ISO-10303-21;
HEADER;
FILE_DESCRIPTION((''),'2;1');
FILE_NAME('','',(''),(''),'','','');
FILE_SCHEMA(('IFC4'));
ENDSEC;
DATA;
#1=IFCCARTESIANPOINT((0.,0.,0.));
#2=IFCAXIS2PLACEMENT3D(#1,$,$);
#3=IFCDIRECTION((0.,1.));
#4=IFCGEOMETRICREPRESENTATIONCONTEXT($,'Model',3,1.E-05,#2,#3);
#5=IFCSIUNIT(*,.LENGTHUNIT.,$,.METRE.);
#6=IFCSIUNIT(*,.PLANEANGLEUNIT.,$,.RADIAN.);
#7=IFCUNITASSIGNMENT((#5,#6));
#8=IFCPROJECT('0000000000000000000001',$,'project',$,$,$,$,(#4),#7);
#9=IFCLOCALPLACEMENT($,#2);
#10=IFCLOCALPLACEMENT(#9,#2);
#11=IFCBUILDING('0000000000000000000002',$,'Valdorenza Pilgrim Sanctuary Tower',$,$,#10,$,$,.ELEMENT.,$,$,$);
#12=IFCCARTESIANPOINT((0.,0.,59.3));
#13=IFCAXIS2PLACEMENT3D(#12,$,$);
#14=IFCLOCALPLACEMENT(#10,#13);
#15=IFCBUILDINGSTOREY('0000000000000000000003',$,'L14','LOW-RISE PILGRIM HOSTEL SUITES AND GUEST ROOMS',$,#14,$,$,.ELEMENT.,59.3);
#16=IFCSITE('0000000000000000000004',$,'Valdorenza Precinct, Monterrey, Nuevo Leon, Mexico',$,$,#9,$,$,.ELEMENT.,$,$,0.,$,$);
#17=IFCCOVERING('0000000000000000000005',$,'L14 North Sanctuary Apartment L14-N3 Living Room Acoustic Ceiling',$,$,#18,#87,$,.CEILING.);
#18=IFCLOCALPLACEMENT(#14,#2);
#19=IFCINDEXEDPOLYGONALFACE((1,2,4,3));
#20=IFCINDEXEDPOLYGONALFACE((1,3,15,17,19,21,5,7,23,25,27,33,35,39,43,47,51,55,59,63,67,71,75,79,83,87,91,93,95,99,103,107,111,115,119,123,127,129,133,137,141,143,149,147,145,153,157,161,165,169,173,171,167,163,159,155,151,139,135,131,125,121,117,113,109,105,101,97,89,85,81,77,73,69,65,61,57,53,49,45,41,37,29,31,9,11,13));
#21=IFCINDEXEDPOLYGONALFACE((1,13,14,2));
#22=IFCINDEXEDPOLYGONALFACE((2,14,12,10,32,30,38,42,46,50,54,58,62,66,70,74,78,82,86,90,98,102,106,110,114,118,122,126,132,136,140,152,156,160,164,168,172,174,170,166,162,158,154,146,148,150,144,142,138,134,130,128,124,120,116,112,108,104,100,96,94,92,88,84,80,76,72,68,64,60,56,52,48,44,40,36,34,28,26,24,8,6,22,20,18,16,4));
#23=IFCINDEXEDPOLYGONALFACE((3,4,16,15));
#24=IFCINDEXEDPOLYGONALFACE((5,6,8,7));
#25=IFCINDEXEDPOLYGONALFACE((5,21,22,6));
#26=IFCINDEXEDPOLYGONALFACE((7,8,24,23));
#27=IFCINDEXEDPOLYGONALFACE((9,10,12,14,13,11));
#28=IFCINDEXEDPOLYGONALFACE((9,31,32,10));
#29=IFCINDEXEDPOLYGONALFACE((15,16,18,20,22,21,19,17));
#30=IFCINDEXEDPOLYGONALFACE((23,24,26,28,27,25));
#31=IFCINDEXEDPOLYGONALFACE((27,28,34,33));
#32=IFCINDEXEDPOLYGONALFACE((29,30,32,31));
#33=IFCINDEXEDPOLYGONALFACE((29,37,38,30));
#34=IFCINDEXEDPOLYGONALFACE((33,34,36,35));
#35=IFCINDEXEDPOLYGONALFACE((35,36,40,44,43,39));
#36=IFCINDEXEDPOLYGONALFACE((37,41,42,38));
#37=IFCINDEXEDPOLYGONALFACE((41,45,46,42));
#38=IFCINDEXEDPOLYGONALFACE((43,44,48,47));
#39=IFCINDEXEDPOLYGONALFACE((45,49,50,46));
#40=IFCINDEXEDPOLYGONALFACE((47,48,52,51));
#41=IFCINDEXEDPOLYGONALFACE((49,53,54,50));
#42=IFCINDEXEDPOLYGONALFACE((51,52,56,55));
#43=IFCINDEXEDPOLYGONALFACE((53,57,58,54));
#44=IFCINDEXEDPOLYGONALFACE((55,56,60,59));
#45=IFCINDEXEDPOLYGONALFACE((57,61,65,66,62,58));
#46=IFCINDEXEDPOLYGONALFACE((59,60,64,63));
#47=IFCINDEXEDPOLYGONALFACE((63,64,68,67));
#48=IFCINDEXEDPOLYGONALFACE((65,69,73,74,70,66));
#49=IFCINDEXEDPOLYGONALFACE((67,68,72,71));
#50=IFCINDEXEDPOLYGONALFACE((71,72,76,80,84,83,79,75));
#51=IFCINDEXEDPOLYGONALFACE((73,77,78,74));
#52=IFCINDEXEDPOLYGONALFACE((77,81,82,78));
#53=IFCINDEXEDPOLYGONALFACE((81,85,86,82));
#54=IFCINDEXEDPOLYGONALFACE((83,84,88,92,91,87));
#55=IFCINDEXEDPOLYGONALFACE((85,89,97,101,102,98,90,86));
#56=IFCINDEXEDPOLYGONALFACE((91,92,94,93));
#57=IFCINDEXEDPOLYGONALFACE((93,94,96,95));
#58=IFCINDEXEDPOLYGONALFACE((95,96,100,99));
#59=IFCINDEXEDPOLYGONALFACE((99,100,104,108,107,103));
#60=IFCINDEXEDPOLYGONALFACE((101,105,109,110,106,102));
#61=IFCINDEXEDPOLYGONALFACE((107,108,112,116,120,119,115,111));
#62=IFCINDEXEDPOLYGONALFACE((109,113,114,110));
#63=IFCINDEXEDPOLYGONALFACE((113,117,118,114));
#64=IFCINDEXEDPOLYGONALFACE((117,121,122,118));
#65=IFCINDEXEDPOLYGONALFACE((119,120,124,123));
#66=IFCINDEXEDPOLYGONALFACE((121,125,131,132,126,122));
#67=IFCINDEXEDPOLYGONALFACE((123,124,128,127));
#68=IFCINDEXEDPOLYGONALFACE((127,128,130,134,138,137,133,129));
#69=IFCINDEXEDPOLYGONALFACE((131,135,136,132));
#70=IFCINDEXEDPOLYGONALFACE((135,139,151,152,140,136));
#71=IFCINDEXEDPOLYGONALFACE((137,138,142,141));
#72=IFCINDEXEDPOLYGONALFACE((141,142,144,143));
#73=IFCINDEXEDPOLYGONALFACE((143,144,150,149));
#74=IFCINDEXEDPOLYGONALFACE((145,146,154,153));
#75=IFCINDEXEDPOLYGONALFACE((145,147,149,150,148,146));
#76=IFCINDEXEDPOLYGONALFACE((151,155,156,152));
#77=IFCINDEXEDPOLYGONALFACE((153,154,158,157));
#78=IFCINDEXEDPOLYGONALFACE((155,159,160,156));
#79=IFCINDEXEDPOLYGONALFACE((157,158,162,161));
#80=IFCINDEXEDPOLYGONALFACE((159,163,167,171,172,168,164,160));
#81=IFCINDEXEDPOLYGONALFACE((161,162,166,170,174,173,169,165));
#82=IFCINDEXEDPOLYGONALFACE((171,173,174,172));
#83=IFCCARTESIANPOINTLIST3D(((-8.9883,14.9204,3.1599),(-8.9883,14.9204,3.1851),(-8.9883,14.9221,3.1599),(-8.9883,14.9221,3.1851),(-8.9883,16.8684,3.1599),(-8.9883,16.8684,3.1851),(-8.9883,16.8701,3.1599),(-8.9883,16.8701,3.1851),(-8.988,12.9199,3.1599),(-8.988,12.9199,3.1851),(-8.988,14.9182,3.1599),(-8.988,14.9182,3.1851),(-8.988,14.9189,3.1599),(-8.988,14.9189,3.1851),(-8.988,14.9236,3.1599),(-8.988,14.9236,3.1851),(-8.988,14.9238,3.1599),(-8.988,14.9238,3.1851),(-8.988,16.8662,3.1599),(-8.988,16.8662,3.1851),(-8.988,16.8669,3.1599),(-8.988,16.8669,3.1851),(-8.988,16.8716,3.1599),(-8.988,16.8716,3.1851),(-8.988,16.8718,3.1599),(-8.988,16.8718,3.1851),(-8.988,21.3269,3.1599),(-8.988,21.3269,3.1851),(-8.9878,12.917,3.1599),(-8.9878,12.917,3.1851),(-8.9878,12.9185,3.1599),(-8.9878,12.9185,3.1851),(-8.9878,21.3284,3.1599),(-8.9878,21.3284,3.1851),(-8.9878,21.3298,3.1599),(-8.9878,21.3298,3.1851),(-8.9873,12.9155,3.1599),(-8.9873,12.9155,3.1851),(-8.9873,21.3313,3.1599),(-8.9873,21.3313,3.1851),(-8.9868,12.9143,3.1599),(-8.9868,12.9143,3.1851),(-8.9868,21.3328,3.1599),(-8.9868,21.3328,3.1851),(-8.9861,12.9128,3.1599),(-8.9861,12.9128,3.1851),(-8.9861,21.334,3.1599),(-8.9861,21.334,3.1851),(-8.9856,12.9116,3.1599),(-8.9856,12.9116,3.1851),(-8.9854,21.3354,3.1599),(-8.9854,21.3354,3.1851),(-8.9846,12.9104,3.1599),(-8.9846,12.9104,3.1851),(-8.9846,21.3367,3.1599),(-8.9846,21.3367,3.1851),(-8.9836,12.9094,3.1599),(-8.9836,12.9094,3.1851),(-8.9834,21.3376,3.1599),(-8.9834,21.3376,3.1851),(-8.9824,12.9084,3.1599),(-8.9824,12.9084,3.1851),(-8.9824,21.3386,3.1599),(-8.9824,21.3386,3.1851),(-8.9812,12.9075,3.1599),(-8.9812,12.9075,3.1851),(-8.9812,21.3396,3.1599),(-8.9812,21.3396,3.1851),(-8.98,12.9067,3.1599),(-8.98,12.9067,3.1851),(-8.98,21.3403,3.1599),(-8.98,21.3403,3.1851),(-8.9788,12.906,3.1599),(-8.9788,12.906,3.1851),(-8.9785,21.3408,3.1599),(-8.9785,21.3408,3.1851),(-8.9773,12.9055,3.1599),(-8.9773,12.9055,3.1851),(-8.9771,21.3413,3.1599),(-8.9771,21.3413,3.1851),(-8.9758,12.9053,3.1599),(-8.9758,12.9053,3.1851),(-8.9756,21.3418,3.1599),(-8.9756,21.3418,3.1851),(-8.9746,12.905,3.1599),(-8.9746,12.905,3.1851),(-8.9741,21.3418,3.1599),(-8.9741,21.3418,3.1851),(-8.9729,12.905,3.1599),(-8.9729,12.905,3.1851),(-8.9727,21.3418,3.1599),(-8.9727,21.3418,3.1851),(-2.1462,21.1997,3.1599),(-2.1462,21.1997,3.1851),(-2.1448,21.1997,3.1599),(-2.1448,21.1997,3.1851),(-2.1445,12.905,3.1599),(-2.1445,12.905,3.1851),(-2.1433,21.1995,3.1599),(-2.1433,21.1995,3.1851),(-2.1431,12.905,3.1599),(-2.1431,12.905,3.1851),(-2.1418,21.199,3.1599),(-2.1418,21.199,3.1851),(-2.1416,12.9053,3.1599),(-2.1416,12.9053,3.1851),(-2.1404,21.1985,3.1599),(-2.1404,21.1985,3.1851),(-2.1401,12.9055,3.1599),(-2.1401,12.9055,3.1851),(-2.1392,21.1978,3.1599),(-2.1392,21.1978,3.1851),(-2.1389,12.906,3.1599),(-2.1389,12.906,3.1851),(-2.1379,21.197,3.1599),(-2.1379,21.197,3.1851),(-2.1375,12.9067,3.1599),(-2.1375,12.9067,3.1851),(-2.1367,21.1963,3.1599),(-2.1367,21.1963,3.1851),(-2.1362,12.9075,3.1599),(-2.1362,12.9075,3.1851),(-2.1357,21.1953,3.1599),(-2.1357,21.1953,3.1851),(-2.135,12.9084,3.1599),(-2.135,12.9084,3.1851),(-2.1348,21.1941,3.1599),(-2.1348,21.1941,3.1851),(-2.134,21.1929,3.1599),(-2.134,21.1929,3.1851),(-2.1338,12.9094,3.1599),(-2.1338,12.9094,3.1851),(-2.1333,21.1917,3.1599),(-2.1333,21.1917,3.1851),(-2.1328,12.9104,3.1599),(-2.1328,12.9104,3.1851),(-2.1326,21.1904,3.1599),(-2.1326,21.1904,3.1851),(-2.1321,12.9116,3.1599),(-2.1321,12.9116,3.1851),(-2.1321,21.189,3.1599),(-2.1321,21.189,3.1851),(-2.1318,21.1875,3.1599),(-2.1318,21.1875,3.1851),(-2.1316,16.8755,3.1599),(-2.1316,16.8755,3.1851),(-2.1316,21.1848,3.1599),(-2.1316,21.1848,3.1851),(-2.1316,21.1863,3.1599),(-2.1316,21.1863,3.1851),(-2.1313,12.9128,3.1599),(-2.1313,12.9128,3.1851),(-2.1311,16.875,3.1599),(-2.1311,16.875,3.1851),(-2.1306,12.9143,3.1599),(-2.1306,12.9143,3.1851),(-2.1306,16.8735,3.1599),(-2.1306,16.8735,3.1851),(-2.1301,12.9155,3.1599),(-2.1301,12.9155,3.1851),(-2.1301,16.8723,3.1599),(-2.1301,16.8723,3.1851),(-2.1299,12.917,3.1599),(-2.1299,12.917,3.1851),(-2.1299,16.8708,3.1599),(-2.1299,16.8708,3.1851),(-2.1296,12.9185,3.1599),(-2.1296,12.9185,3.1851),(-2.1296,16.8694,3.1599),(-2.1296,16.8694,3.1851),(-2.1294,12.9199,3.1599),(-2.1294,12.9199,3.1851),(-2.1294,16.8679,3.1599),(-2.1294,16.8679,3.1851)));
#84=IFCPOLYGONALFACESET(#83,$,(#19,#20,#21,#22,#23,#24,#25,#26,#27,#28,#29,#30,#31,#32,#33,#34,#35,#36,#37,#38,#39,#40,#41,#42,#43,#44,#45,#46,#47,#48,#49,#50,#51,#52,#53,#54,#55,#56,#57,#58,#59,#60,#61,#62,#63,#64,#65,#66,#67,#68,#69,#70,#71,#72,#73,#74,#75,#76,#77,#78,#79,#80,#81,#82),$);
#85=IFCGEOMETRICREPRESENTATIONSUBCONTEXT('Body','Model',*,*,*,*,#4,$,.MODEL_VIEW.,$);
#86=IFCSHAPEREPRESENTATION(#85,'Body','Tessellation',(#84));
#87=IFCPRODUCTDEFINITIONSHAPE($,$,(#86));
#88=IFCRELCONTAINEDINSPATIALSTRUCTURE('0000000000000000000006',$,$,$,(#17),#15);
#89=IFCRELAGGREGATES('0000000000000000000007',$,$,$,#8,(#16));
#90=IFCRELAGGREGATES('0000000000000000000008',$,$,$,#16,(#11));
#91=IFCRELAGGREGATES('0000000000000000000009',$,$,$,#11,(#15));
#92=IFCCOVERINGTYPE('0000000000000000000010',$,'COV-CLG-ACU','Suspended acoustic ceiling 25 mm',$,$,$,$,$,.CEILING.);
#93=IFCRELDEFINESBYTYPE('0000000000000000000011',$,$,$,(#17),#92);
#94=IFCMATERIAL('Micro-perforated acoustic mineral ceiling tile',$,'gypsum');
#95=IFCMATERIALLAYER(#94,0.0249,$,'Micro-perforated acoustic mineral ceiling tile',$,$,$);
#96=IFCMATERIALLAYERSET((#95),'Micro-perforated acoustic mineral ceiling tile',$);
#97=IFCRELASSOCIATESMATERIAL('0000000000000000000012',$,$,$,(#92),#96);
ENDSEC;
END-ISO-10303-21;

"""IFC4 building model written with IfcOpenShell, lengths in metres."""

from ifc_helpers import new_model, si_unit, direction, frame, origin, place, context, subcontext, project, spatial, polyline, outline, extrude, material, layer, layer_set, type_object, element, save


model = new_model("IFC4")

# Units and contexts
model_context = context("Model", 3, precision=1e-05, world=origin(), true_north=direction((0.0, 1.0)))
body_context = subcontext(model_context, "Body", "Model", "MODEL_VIEW")
ifc_project = project(units=[si_unit("LENGTHUNIT", "METRE"), si_unit("PLANEANGLEUNIT", "RADIAN")], contexts=[model_context])

# Site, building, storey
site_placement = place(None, origin())
site = spatial("IfcSite", under=ifc_project, at=site_placement, Name="Valdorenza Precinct, Monterrey, Nuevo Leon, Mexico", CompositionType="ELEMENT", RefElevation=0.0)
building_placement = place(site_placement, origin())
building = spatial("IfcBuilding", under=site, at=building_placement, Name="Valdorenza Pilgrim Sanctuary Tower", CompositionType="ELEMENT")
storey_placement = place(building_placement, frame((0.0, 0.0, 59.3)))
storey = spatial("IfcBuildingStorey", under=building, at=storey_placement, Name="L14", Description="LOW-RISE PILGRIM HOSTEL SUITES AND GUEST ROOMS", CompositionType="ELEMENT", Elevation=59.3)

# Covering
ifc_material_1 = material(Name="Micro-perforated acoustic mineral ceiling tile", Category="gypsum")
ifc_layer_1 = layer(ifc_material_1, 0.0249, Name="Micro-perforated acoustic mineral ceiling tile")
ifc_layer_set_1 = layer_set([ifc_layer_1], Name="Micro-perforated acoustic mineral ceiling tile")
covering_type_1 = type_object("IfcCoveringType", Name="COV-CLG-ACU", Description="Suspended acoustic ceiling 25 mm", PredefinedType="CEILING", material=ifc_layer_set_1)
covering_1_placement = place(storey_placement, frame((0.0, 0.0, 3.1599)))
element("IfcCovering", 1, at=covering_1_placement, inside=storey, type_object=covering_type_1, Name="L14 North Sanctuary Apartment L14-N3 Living Room Acoustic Ceiling", PredefinedType="CEILING", context=body_context, shape_type="SweptSolid", body=[
    extrude(outline(polyline([(-8.988, 14.9182), (-8.988, 14.9189), (-8.9883, 14.9204), (-8.9883, 14.9221), (-8.988, 14.9236), (-8.988, 14.9238), (-8.988, 16.8662), (-8.988, 16.8669), (-8.9883, 16.8684), (-8.9883, 16.8701), (-8.988, 16.8716), (-8.988, 16.8718), (-8.988, 21.3269), (-8.9878, 21.3284), (-8.9878, 21.3298), (-8.9873, 21.3313), (-8.9868, 21.3328), (-8.9861, 21.334), (-8.9854, 21.3354), (-8.9846, 21.3367), (-8.9834, 21.3376), (-8.9824, 21.3386), (-8.9812, 21.3396), (-8.98, 21.3403), (-8.9785, 21.3408), (-8.9771, 21.3413), (-8.9756, 21.3418), (-8.9741, 21.3418), (-8.9727, 21.3418), (-2.1462, 21.1997), (-2.1448, 21.1997), (-2.1433, 21.1995), (-2.1418, 21.199), (-2.1404, 21.1985), (-2.1392, 21.1978), (-2.1379, 21.197), (-2.1367, 21.1963), (-2.1357, 21.1953), (-2.1348, 21.1941), (-2.134, 21.1929), (-2.1333, 21.1917), (-2.1326, 21.1904), (-2.1321, 21.189), (-2.1318, 21.1875), (-2.1316, 21.1863), (-2.1316, 21.1848), (-2.1316, 16.8755), (-2.1311, 16.875), (-2.1306, 16.8735), (-2.1301, 16.8723), (-2.1299, 16.8708), (-2.1296, 16.8694), (-2.1294, 16.8679), (-2.1294, 12.9199), (-2.1296, 12.9185), (-2.1299, 12.917), (-2.1301, 12.9155), (-2.1306, 12.9143), (-2.1313, 12.9128), (-2.1321, 12.9116), (-2.1328, 12.9104), (-2.1338, 12.9094), (-2.135, 12.9084), (-2.1362, 12.9075), (-2.1375, 12.9067), (-2.1389, 12.906), (-2.1401, 12.9055), (-2.1416, 12.9053), (-2.1431, 12.905), (-2.1445, 12.905), (-8.9729, 12.905), (-8.9746, 12.905), (-8.9758, 12.9053), (-8.9773, 12.9055), (-8.9788, 12.906), (-8.98, 12.9067), (-8.9812, 12.9075), (-8.9824, 12.9084), (-8.9836, 12.9094), (-8.9846, 12.9104), (-8.9856, 12.9116), (-8.9861, 12.9128), (-8.9868, 12.9143), (-8.9873, 12.9155), (-8.9878, 12.917), (-8.9878, 12.9185), (-8.988, 12.9199), (-8.988, 14.9182)])), origin(), (0.0, 0.0, 1.0), 0.0251),
])

save(model, "model.ifc")
